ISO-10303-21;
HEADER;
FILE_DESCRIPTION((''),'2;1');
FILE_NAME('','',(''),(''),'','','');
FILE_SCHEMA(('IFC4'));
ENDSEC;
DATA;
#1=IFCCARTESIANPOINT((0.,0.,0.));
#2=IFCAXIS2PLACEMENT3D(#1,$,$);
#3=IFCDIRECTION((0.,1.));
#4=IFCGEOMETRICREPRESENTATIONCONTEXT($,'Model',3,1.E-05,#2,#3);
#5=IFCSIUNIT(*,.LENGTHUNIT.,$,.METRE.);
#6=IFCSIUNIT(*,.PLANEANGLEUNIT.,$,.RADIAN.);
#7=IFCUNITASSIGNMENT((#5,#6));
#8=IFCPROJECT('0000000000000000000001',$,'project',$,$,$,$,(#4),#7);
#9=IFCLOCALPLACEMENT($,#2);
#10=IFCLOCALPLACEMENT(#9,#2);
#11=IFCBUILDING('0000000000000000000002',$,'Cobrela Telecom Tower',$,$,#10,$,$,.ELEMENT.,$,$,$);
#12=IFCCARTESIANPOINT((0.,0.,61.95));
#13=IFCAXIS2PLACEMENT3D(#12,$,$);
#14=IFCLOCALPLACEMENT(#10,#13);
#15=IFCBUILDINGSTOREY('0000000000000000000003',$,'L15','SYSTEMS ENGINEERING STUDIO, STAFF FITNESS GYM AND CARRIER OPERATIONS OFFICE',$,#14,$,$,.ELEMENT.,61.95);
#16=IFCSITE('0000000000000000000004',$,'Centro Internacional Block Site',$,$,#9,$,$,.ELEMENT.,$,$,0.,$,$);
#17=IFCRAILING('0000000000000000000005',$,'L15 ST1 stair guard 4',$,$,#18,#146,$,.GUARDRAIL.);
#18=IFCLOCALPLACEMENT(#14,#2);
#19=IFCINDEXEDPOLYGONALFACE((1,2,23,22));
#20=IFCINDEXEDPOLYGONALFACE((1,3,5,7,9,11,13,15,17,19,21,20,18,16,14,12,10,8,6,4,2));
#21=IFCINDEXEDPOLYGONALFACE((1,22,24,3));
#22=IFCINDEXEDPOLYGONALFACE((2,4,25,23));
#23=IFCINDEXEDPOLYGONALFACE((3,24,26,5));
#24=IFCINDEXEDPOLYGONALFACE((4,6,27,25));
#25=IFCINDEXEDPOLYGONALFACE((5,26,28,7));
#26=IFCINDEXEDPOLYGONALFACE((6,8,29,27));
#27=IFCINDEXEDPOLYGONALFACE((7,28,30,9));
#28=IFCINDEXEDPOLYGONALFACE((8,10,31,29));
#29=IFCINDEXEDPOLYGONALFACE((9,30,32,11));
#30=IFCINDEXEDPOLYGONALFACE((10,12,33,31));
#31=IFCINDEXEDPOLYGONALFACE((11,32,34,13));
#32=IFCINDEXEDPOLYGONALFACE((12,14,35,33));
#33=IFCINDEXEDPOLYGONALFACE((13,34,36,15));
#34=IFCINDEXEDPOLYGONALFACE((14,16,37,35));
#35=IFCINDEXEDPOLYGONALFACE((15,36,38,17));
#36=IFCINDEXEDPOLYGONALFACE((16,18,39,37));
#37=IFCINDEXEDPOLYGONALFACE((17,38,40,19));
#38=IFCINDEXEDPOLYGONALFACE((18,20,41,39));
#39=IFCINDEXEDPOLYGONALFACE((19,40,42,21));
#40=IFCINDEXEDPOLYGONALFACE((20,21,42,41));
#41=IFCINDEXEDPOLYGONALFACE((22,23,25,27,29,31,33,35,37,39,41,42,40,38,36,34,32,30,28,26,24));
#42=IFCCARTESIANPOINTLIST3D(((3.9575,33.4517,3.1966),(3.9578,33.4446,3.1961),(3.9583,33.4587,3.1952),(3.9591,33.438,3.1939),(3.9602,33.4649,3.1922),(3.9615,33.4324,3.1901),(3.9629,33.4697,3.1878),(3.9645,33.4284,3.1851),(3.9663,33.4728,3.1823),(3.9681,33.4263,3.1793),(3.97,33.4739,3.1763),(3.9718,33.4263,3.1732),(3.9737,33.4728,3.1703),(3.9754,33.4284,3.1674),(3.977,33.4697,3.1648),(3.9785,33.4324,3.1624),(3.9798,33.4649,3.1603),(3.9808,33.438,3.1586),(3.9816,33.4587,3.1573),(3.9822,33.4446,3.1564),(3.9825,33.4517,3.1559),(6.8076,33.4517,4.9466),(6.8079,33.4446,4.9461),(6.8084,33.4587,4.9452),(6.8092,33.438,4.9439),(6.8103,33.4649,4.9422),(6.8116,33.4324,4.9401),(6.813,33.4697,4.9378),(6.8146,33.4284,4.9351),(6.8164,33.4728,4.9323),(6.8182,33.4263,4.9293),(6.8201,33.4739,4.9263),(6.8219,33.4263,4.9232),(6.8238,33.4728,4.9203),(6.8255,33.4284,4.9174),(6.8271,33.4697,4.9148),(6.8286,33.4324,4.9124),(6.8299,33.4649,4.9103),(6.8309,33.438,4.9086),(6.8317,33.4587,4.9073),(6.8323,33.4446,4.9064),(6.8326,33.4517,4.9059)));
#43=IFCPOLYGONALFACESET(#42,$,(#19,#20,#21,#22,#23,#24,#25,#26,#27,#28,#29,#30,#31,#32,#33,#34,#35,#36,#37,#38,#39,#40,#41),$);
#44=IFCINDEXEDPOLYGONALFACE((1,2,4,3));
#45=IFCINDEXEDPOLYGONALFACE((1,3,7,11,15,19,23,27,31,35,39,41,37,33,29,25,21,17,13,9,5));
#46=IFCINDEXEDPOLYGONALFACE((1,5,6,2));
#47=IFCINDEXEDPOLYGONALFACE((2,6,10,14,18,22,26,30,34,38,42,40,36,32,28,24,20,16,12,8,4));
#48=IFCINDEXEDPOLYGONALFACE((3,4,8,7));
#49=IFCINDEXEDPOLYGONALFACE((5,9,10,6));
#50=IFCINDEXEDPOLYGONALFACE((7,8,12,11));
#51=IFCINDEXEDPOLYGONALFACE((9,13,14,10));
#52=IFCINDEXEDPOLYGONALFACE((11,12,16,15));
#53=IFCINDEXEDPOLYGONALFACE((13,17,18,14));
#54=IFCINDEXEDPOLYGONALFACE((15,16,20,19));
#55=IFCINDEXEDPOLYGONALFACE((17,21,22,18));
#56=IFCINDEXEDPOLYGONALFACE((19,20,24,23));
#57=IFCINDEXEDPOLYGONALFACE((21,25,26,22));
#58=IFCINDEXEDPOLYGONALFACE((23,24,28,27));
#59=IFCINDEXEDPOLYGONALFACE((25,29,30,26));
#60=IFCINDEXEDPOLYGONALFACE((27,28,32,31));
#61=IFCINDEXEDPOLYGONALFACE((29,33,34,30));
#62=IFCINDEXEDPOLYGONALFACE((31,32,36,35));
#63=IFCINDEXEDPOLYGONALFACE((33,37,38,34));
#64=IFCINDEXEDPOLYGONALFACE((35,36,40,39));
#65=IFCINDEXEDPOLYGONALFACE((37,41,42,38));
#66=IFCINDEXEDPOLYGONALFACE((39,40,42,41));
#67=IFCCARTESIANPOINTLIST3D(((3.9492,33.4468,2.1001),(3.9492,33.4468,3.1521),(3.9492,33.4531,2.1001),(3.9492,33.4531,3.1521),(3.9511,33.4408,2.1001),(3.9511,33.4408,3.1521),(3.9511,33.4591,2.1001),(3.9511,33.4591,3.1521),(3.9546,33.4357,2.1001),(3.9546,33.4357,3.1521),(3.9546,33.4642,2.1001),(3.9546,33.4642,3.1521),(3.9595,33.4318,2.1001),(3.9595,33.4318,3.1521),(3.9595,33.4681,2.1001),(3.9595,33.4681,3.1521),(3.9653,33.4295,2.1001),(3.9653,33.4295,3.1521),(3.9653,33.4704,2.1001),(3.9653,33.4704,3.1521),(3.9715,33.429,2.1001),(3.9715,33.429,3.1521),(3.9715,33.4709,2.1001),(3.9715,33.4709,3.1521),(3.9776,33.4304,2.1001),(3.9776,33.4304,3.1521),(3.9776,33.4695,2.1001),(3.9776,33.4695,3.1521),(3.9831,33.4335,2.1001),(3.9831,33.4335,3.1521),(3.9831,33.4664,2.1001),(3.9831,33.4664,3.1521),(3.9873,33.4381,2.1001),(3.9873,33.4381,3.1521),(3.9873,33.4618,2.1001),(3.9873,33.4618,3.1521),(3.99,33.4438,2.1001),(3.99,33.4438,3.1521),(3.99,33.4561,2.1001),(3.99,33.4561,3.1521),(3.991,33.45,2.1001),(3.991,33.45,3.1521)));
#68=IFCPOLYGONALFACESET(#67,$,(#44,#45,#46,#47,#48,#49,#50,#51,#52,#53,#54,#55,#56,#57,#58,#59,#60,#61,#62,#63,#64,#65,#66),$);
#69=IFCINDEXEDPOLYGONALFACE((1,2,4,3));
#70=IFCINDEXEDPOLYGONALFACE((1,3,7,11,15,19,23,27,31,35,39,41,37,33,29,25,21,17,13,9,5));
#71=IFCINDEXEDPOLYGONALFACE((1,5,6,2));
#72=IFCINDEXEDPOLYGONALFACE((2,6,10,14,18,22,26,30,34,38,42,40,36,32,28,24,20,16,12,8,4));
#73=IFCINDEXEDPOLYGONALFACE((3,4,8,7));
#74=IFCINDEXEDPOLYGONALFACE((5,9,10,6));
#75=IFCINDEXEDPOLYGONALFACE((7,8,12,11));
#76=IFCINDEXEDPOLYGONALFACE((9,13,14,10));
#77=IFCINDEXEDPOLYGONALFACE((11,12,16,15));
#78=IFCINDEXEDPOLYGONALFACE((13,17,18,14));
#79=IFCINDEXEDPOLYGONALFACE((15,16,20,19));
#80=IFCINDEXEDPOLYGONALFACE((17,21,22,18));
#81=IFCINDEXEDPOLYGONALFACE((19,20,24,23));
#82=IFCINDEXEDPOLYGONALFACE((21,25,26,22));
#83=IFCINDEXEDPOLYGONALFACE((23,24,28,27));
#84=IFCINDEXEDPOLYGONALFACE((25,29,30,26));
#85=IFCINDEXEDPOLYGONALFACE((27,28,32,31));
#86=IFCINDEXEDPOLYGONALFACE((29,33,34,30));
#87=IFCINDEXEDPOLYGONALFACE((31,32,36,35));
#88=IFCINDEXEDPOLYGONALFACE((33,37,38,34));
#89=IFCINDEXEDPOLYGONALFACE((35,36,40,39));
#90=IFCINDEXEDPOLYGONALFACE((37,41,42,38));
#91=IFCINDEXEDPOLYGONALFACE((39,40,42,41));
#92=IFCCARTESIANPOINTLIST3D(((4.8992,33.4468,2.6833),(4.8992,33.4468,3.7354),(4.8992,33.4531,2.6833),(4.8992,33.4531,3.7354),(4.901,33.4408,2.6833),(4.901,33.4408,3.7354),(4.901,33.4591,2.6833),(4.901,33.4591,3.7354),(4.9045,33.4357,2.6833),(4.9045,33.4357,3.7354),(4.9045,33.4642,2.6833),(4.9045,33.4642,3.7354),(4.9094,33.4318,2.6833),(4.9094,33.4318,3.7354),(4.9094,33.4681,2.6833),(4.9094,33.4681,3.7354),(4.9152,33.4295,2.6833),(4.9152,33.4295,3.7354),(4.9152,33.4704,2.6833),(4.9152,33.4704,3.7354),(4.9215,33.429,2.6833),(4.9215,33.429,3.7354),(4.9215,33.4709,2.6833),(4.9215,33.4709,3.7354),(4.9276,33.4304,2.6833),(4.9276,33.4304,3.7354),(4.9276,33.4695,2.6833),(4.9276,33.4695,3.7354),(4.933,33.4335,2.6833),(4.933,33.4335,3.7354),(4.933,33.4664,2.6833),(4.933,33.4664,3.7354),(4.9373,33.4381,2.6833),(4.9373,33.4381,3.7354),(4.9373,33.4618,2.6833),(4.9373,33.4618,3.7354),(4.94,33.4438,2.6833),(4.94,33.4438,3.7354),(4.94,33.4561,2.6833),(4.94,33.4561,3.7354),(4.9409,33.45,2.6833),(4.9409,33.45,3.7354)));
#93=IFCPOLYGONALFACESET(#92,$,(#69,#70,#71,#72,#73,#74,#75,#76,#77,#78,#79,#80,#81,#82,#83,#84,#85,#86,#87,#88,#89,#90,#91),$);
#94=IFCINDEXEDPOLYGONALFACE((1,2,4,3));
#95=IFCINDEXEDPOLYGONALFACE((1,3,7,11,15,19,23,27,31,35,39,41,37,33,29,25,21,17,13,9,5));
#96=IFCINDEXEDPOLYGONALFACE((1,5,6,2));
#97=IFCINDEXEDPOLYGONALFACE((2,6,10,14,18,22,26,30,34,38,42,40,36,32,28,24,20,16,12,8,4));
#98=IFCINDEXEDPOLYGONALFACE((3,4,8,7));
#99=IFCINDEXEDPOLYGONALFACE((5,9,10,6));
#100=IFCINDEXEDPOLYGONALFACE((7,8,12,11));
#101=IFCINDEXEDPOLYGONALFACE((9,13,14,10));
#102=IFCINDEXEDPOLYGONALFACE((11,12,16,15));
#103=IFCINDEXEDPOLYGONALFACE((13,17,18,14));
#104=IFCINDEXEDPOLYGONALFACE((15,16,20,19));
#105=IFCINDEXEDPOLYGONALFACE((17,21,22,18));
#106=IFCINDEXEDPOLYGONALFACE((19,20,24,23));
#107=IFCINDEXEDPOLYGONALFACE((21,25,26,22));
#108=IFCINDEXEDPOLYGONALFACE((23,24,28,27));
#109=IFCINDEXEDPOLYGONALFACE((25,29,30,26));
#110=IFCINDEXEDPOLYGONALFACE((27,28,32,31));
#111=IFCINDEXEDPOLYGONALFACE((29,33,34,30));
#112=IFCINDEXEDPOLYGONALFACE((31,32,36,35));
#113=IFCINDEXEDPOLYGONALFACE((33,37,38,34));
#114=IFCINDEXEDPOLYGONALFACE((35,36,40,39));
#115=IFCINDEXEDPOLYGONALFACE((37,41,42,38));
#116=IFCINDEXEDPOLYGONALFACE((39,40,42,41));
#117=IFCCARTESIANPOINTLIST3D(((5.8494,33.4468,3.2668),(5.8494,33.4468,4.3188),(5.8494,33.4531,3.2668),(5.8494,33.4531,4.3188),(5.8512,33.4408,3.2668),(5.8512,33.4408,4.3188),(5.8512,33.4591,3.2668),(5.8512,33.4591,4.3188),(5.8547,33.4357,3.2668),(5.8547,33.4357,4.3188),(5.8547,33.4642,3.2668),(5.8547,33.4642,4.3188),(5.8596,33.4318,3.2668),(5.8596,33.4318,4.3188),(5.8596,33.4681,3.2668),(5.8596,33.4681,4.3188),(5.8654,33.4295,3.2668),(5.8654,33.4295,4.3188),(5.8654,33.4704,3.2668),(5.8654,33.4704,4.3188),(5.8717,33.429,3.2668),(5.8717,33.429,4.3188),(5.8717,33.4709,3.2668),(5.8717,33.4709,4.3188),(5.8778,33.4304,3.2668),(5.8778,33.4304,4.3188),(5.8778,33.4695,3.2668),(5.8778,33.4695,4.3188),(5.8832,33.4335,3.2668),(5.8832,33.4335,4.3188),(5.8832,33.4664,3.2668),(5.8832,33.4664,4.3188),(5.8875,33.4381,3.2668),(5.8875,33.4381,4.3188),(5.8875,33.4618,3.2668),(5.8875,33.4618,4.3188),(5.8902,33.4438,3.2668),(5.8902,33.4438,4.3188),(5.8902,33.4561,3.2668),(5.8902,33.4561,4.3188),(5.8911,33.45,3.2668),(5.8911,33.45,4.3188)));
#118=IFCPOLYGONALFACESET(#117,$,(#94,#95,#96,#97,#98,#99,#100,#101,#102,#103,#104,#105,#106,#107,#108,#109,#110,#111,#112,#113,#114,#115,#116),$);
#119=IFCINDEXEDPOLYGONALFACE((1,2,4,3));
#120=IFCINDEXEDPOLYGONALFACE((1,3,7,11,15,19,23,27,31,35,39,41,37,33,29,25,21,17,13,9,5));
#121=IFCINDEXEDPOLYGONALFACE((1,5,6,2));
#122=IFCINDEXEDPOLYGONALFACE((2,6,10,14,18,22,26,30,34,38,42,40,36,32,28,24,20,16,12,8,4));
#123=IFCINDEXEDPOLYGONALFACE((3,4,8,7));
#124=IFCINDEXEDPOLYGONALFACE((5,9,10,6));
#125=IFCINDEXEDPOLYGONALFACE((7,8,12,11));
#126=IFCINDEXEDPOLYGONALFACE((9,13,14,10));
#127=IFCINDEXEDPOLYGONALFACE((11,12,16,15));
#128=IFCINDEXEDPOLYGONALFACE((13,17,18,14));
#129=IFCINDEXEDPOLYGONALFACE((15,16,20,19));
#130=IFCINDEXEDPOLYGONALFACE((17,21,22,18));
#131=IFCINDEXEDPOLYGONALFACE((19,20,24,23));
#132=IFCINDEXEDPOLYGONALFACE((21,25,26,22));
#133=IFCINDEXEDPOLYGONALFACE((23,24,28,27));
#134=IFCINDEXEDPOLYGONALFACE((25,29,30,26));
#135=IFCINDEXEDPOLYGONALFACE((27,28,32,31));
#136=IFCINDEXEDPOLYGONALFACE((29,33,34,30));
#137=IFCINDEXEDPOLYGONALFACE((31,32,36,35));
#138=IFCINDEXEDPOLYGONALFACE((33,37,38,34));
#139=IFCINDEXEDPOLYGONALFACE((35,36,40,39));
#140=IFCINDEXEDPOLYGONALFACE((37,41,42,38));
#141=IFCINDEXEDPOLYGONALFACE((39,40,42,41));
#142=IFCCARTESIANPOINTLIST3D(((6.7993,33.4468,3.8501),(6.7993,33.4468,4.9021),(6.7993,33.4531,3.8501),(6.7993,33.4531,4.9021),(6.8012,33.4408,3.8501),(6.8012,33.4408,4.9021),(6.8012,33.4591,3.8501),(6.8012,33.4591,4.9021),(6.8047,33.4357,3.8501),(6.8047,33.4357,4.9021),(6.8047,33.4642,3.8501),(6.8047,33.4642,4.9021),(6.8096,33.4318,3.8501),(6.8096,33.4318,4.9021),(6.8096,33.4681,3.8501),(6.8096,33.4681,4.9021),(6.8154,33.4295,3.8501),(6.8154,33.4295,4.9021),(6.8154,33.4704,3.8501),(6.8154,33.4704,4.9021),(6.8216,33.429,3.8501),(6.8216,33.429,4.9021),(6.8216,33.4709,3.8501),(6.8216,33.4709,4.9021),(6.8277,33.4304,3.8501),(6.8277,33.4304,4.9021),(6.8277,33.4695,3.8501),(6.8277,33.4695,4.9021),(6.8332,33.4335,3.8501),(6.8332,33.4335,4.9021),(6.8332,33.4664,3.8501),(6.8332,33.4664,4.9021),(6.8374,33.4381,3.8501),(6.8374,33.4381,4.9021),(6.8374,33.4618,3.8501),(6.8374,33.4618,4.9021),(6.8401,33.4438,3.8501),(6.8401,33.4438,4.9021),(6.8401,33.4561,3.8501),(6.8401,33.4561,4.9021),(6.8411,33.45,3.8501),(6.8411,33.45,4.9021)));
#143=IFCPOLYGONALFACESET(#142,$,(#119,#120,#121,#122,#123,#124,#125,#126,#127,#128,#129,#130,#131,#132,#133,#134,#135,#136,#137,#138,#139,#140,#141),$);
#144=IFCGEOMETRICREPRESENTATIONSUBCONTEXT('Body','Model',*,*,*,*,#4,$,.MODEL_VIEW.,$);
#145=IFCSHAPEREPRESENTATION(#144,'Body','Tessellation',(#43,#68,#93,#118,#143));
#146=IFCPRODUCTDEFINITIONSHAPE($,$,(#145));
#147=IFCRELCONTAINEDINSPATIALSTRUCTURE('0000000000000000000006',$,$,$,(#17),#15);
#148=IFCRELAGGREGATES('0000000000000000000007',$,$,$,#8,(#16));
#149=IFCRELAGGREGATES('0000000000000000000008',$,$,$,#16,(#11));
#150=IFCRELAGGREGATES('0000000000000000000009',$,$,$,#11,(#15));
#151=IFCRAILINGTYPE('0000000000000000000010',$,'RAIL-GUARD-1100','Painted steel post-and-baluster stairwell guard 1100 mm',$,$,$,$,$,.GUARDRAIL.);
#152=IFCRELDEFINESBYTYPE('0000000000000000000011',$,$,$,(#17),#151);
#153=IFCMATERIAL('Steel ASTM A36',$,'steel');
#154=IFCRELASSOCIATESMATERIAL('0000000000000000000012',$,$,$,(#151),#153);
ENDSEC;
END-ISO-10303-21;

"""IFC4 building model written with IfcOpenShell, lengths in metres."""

from ifc_helpers import new_model, si_unit, direction, frame, origin, origin_2d, place, context, subcontext, project, spatial, circle, extrude, material, type_object, element, save


model = new_model("IFC4")

# Units and contexts
model_context = context("Model", 3, precision=1e-05, world=origin(), true_north=direction((0.0, 1.0)))
body_context = subcontext(model_context, "Body", "Model", "MODEL_VIEW")
ifc_project = project(units=[si_unit("LENGTHUNIT", "METRE"), si_unit("PLANEANGLEUNIT", "RADIAN")], contexts=[model_context])

# Site, building, storey
site_placement = place(None, origin())
site = spatial("IfcSite", under=ifc_project, at=site_placement, Name="Centro Internacional Block Site", CompositionType="ELEMENT", RefElevation=0.0)
building_placement = place(site_placement, origin())
building = spatial("IfcBuilding", under=site, at=building_placement, Name="Cobrela Telecom Tower", CompositionType="ELEMENT")
storey_placement = place(building_placement, frame((0.0, 0.0, 61.95)))
storey = spatial("IfcBuildingStorey", under=building, at=storey_placement, Name="L15", Description="SYSTEMS ENGINEERING STUDIO, STAFF FITNESS GYM AND CARRIER OPERATIONS OFFICE", CompositionType="ELEMENT", Elevation=61.95)

# Shared definitions
ifc_material_1 = material(Name="Steel ASTM A36", Category="steel")

# Railing
railing_type_1 = type_object("IfcRailingType", Name="RAIL-GUARD-1100", Description="Painted steel post-and-baluster stairwell guard 1100 mm", PredefinedType="GUARDRAIL", material=ifc_material_1)
railing_1_placement = place(storey_placement, frame((3.97, 33.45, 2.1001)))
element("IfcRailing", 1, at=railing_1_placement, inside=storey, type_object=railing_type_1, Name="L15 ST1 stair guard 4", PredefinedType="GUARDRAIL", context=body_context, shape_type="SweptSolid", body=[
    extrude(circle(Radius=0.0239, at=origin_2d()), frame((0.0, 0.0, 1.0762), z_axis=(0.852179, 0.0, 0.52325), x_axis=(0.0, 1.0, 0.0)), (0.0, 0.0, 1.0), 3.3445),
    extrude(circle(Radius=0.021, at=origin_2d()), origin(), (0.0, 0.0, 1.0), 1.052),
    extrude(circle(Radius=0.021, at=origin_2d()), frame((0.95, 0.0, 0.5833)), (0.0, 0.0, 1.0), 1.052),
    extrude(circle(Radius=0.021, at=origin_2d()), frame((1.9001, 0.0, 1.1667)), (0.0, 0.0, 1.0), 1.052),
    extrude(circle(Radius=0.021, at=origin_2d()), frame((2.8501, 0.0, 1.75)), (0.0, 0.0, 1.0), 1.052),
])

save(model, "model.ifc")
